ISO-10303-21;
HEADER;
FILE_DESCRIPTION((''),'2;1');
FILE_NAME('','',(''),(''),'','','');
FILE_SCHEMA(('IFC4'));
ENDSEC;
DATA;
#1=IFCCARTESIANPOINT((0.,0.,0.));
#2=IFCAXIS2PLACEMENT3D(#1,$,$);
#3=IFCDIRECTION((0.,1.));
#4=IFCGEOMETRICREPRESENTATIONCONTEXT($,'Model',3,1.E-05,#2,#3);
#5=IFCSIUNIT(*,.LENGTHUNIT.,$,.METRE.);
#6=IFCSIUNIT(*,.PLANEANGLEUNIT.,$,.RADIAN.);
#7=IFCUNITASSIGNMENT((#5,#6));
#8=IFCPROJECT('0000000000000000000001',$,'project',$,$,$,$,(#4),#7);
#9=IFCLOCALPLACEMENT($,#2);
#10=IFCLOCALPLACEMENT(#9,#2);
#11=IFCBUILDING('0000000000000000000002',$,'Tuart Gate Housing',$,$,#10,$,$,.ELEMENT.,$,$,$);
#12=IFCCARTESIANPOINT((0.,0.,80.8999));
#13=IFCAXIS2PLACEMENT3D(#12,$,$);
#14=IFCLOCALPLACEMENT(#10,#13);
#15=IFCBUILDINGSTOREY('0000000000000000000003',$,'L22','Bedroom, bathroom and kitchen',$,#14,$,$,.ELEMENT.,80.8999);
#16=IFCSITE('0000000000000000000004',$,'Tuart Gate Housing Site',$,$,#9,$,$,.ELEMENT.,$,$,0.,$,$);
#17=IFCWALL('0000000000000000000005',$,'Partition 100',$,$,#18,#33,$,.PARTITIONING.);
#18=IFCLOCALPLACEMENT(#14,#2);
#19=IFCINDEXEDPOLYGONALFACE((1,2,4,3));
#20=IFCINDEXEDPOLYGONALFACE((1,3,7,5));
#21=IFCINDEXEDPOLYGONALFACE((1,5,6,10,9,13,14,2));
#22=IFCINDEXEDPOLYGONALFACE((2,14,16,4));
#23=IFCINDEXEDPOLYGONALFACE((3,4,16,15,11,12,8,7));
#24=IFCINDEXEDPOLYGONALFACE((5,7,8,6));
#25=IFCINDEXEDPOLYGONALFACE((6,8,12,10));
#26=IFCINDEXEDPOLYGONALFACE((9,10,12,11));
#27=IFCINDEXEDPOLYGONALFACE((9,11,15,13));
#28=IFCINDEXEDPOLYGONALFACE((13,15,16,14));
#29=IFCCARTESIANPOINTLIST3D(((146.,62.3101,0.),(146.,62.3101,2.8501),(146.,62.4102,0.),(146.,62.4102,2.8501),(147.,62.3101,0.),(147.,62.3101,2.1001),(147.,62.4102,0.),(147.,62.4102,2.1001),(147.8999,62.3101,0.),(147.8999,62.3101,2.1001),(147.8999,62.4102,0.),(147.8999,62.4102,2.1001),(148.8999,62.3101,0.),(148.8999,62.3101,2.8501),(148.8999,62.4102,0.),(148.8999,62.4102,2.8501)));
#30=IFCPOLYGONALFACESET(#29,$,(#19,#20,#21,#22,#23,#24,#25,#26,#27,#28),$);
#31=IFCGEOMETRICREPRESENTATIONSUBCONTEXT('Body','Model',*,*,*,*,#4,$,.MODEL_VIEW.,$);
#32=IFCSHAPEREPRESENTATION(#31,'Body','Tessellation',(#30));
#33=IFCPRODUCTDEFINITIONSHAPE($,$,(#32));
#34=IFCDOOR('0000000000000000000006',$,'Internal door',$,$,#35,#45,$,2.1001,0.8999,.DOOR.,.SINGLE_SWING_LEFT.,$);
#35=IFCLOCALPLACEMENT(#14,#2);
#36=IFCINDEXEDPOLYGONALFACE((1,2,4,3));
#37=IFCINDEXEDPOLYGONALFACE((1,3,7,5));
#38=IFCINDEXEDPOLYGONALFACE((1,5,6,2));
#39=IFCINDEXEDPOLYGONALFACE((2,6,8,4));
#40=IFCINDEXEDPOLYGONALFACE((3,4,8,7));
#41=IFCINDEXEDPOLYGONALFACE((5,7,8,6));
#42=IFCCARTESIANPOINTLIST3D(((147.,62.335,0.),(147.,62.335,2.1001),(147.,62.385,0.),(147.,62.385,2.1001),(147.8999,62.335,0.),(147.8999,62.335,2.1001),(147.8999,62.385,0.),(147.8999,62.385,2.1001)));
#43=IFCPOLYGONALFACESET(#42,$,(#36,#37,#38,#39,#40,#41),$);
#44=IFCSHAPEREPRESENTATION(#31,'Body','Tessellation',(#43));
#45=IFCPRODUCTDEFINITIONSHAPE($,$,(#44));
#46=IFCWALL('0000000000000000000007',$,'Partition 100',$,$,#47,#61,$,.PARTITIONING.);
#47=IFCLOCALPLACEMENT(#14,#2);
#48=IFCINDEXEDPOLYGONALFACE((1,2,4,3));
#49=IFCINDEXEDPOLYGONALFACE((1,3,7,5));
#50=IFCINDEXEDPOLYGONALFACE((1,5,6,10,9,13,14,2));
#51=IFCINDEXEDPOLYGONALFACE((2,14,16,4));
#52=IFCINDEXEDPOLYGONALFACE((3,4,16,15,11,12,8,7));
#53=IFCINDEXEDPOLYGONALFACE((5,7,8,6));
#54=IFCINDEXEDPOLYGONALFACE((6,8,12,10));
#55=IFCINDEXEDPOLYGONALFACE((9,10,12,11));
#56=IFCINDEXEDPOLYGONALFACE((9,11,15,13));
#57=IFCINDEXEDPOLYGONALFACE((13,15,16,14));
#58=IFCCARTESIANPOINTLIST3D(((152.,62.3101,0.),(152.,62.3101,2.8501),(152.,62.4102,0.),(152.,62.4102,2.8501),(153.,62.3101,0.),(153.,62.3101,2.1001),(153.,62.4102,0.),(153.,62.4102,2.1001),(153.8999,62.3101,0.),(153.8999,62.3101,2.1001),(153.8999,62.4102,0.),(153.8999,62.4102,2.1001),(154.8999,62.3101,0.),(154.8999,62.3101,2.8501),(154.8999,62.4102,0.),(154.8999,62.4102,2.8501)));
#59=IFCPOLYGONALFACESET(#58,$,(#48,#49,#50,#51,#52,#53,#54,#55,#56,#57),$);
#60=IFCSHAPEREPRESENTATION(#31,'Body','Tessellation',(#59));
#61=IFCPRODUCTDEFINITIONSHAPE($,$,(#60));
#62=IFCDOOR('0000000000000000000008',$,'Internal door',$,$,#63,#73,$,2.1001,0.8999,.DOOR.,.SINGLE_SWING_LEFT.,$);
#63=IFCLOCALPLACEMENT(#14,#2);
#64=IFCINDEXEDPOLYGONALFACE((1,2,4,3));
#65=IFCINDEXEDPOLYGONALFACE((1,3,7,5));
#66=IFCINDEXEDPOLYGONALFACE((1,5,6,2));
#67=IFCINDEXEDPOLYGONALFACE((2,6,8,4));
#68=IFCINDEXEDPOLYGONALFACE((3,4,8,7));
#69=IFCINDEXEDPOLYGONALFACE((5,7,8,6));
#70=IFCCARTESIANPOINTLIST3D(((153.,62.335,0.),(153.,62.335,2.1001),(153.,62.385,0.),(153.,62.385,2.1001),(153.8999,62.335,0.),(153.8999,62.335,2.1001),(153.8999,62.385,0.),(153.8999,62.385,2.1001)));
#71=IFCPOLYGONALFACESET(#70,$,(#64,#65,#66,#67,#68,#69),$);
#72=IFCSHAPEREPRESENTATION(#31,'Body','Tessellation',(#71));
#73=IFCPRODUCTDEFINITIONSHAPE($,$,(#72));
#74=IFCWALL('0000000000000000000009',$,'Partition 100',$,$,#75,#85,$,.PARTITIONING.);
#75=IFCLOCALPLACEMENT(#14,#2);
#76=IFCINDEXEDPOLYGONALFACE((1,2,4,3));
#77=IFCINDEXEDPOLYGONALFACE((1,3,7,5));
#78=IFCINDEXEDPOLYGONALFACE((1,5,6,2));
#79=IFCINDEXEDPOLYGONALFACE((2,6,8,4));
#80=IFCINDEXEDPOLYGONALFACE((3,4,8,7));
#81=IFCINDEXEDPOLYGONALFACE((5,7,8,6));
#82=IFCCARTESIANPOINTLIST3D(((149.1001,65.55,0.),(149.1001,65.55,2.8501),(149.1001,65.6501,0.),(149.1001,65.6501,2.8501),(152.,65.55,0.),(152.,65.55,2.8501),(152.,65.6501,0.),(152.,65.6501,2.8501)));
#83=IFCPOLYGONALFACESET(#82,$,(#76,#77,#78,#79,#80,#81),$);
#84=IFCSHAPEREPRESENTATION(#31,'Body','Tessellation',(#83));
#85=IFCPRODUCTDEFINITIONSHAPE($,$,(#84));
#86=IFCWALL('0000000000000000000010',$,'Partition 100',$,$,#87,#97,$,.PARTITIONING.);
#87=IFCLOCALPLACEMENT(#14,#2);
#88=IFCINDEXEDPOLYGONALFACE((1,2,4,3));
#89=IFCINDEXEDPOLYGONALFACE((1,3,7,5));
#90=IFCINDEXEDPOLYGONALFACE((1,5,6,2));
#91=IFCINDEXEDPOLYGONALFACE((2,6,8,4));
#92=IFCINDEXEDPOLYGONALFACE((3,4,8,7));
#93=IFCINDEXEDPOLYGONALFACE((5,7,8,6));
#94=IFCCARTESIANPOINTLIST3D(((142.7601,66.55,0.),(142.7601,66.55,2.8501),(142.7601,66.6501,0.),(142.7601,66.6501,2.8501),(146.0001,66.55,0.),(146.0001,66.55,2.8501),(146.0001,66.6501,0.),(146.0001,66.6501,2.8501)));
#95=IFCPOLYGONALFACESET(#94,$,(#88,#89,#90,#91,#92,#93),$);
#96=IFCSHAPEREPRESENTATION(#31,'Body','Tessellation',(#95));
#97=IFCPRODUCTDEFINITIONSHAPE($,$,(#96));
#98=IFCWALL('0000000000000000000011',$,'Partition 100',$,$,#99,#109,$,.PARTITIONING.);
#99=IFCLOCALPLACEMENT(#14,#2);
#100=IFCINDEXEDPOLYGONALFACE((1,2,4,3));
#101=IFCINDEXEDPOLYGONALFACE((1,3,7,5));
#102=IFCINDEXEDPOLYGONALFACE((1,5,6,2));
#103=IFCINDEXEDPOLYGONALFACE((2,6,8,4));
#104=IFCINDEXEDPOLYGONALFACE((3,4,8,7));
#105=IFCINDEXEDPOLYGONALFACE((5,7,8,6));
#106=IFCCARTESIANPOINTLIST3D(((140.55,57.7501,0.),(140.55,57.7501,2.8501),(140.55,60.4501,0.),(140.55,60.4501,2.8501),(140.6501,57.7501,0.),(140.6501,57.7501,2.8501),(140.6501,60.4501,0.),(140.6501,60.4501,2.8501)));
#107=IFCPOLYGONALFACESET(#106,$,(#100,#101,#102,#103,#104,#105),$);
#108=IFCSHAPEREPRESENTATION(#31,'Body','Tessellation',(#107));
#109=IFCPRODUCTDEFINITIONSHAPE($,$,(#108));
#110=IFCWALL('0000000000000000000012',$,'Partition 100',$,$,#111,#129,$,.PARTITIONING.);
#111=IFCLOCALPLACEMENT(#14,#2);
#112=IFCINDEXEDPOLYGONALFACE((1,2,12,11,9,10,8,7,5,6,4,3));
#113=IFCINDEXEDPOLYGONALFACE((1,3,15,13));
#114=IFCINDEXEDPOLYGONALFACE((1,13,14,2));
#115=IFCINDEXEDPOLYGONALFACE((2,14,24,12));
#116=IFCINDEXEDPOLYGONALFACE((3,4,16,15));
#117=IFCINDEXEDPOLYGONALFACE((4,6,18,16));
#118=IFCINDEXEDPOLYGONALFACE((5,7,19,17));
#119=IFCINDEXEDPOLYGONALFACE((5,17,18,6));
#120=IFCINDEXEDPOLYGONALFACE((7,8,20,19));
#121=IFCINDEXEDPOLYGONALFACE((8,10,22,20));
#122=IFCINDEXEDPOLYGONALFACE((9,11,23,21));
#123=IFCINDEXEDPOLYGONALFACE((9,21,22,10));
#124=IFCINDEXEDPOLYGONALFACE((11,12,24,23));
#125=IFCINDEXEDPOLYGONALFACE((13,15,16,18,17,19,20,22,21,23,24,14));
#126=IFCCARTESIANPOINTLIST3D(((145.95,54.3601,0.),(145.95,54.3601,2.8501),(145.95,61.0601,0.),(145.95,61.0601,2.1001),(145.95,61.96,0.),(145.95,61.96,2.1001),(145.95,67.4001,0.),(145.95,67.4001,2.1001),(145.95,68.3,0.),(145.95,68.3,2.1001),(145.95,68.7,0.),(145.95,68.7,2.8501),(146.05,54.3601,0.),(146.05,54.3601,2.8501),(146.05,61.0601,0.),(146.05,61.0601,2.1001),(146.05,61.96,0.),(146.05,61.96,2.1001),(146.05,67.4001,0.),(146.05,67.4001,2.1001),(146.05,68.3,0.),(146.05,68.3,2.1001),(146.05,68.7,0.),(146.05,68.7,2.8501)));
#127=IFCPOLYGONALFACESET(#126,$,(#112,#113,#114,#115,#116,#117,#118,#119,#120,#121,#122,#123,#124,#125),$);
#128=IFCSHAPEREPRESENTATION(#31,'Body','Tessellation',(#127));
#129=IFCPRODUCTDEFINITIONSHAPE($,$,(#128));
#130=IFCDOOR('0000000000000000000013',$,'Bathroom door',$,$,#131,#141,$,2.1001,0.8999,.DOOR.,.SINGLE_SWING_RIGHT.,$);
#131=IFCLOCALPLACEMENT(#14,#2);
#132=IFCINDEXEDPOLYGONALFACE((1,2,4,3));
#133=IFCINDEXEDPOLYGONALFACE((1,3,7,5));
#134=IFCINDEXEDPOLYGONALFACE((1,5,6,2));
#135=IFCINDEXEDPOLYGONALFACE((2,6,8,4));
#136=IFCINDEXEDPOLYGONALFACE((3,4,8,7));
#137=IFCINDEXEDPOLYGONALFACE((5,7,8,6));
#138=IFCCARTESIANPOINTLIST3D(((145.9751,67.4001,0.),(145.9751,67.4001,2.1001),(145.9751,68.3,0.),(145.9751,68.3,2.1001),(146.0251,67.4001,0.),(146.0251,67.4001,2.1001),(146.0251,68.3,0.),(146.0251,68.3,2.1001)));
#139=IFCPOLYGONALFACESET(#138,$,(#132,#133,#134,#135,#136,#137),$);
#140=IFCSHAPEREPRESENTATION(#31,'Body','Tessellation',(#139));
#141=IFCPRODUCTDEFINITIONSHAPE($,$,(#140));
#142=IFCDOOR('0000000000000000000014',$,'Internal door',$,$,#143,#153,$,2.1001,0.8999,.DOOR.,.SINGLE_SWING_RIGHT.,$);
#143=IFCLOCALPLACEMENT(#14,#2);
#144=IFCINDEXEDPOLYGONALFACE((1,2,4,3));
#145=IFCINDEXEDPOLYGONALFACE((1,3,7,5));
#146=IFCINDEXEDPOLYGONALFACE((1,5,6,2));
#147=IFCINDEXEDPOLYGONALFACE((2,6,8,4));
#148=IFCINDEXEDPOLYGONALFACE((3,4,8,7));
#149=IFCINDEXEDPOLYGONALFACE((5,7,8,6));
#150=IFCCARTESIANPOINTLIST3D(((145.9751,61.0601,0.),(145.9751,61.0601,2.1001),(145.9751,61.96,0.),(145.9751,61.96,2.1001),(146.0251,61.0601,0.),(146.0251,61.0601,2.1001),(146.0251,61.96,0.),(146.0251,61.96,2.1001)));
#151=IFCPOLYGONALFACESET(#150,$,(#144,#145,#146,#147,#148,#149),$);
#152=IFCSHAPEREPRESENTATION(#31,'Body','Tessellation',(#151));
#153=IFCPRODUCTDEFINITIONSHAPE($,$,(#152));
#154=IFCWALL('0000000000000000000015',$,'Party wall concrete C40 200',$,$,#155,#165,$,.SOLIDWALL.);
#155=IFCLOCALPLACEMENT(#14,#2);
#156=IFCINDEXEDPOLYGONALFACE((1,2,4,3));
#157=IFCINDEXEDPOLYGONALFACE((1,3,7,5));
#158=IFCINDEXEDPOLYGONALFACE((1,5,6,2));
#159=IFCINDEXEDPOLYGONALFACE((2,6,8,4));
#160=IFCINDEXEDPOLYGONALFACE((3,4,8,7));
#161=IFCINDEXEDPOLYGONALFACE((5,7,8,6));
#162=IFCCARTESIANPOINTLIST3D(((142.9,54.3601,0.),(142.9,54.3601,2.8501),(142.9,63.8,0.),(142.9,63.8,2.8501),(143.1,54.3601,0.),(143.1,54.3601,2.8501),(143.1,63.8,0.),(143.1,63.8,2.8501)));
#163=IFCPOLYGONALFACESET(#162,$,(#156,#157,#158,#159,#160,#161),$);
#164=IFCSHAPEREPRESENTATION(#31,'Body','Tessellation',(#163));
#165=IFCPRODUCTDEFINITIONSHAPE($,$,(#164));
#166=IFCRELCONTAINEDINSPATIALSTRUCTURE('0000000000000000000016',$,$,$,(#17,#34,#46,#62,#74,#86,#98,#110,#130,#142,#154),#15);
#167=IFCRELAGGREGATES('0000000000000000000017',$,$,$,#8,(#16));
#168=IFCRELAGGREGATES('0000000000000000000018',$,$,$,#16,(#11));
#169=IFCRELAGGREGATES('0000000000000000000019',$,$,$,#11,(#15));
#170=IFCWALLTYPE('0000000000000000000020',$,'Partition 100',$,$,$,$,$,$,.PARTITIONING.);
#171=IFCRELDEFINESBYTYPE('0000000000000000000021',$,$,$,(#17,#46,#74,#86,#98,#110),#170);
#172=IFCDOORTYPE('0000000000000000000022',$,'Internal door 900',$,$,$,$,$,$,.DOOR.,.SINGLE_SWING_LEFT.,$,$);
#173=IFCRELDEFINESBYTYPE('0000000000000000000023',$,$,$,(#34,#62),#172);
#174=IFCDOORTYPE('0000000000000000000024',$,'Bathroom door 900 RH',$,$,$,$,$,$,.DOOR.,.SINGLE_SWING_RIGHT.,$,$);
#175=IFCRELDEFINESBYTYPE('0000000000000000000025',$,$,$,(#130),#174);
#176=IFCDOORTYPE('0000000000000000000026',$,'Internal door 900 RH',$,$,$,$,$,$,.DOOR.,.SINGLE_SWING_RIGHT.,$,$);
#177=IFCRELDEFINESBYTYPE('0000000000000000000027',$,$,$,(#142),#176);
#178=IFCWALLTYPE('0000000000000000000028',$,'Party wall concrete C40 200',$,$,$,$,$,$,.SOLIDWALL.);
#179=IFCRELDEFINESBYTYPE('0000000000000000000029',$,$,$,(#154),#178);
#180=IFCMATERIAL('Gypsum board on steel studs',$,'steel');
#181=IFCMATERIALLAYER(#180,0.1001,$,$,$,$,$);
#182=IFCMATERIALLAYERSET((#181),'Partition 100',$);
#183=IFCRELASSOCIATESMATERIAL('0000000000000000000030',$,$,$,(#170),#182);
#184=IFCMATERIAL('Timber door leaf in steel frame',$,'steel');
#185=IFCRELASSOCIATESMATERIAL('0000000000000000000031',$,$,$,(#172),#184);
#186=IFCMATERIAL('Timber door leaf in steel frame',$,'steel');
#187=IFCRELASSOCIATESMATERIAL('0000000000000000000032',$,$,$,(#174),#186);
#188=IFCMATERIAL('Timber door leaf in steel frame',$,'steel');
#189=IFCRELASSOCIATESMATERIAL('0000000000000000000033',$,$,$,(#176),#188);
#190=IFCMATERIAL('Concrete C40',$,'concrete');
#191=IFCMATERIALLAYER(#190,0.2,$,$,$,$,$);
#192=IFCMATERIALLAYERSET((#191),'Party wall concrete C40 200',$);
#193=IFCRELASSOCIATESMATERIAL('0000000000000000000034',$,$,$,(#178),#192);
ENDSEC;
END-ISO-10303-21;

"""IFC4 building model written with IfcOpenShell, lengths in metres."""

from ifc_helpers import new_model, si_unit, direction, frame, frame_2d, origin, place, context, subcontext, project, spatial, rectangle, extrude, material, layer, layer_set, type_object, element, fill, save


model = new_model("IFC4")

# Units and contexts
model_context = context("Model", 3, precision=1e-05, world=origin(), true_north=direction((0.0, 1.0)))
body_context = subcontext(model_context, "Body", "Model", "MODEL_VIEW")
ifc_project = project(units=[si_unit("LENGTHUNIT", "METRE"), si_unit("PLANEANGLEUNIT", "RADIAN")], contexts=[model_context])

# Site, building, storey
site_placement = place(None, origin())
site = spatial("IfcSite", under=ifc_project, at=site_placement, Name="Tuart Gate Housing Site", CompositionType="ELEMENT", RefElevation=0.0)
building_placement = place(site_placement, origin())
building = spatial("IfcBuilding", under=site, at=building_placement, Name="Tuart Gate Housing", CompositionType="ELEMENT")
storey_placement = place(building_placement, frame((0.0, 0.0, 80.8999)))
storey = spatial("IfcBuildingStorey", under=building, at=storey_placement, Name="L22", Description="Bedroom, bathroom and kitchen", CompositionType="ELEMENT", Elevation=80.8999)

# Shared definitions
ifc_material_1 = material(Name="Gypsum board on steel studs", Category="steel")
ifc_layer_1 = layer(ifc_material_1, 0.1001)
ifc_layer_set_1 = layer_set([ifc_layer_1], Name="Partition 100")
wall_type_1 = type_object("IfcWallType", Name="Partition 100", PredefinedType="PARTITIONING", material=ifc_layer_set_1)

# Walls, openings, doors
wall_1_placement = place(storey_placement, frame((146.0, 62.3601, 0.0), z_axis=(0.0, 0.0, 1.0), x_axis=(1.0, 0.0, 0.0)))
wall_1 = element("IfcWall", 1, at=wall_1_placement, inside=storey, type_object=wall_type_1, Name="Partition 100", PredefinedType="PARTITIONING", context=body_context, shape_type="SweptSolid", body=[
    extrude(rectangle(XDim=2.8999, YDim=0.1001, at=frame_2d((1.45, 0.0))), origin(), (0.0, 0.0, 1.0), 2.8501),
])
opening_1_placement = place(wall_1_placement, frame((1.0, 0.0, 0.0)))
opening_1 = element("IfcOpeningElement", 2, at=opening_1_placement, cuts=wall_1, PredefinedType="OPENING", context=body_context, shape_type="SweptSolid", body=[
    extrude(rectangle(XDim=0.8999, YDim=2.1001, at=frame_2d((0.45, 1.05))), frame((0.0, 0.0601, 0.0), z_axis=(0.0, -1.0, 0.0), x_axis=(1.0, 0.0, 0.0)), (0.0, 0.0, 1.0), 0.1201),
])
ifc_material_2 = material(Name="Timber door leaf in steel frame", Category="steel")
door_type_1 = type_object("IfcDoorType", Name="Internal door 900", OperationType="SINGLE_SWING_LEFT", PredefinedType="DOOR", material=ifc_material_2)
door_1_placement = place(opening_1_placement, origin())
door_1 = element("IfcDoor", 3, at=door_1_placement, inside=storey, type_object=door_type_1, Name="Internal door", OperationType="SINGLE_SWING_LEFT", OverallHeight=2.1001, OverallWidth=0.8999, PredefinedType="DOOR", context=body_context, shape_type="SweptSolid", body=[
    extrude(rectangle(XDim=0.8999, YDim=2.1001, at=frame_2d((0.45, 1.05))), frame((0.0, 0.0249, 0.0), z_axis=(0.0, -1.0, 0.0), x_axis=(1.0, 0.0, 0.0)), (0.0, 0.0, 1.0), 0.05),
])
fill(opening_1, door_1)
wall_2_placement = place(storey_placement, frame((152.0, 62.3601, 0.0), z_axis=(0.0, 0.0, 1.0), x_axis=(1.0, 0.0, 0.0)))
wall_2 = element("IfcWall", 4, at=wall_2_placement, inside=storey, type_object=wall_type_1, Name="Partition 100", PredefinedType="PARTITIONING", context=body_context, shape_type="SweptSolid", body=[
    extrude(rectangle(XDim=2.8999, YDim=0.1001, at=frame_2d((1.45, 0.0))), origin(), (0.0, 0.0, 1.0), 2.8501),
])
opening_2_placement = place(wall_2_placement, frame((1.0, 0.0, 0.0)))
opening_2 = element("IfcOpeningElement", 5, at=opening_2_placement, cuts=wall_2, PredefinedType="OPENING", context=body_context, shape_type="SweptSolid", body=[
    extrude(rectangle(XDim=0.8999, YDim=2.1001, at=frame_2d((0.45, 1.05))), frame((0.0, 0.0601, 0.0), z_axis=(0.0, -1.0, 0.0), x_axis=(1.0, 0.0, 0.0)), (0.0, 0.0, 1.0), 0.1201),
])
door_2_placement = place(opening_2_placement, origin())
door_2 = element("IfcDoor", 6, at=door_2_placement, inside=storey, type_object=door_type_1, Name="Internal door", OperationType="SINGLE_SWING_LEFT", OverallHeight=2.1001, OverallWidth=0.8999, PredefinedType="DOOR", context=body_context, shape_type="SweptSolid", body=[
    extrude(rectangle(XDim=0.8999, YDim=2.1001, at=frame_2d((0.45, 1.05))), frame((0.0, 0.0249, 0.0), z_axis=(0.0, -1.0, 0.0), x_axis=(1.0, 0.0, 0.0)), (0.0, 0.0, 1.0), 0.05),
])
fill(opening_2, door_2)

# Walls
wall_3_placement = place(storey_placement, frame((149.1001, 65.6001, 0.0), z_axis=(0.0, 0.0, 1.0), x_axis=(1.0, 0.0, 0.0)))
element("IfcWall", 7, at=wall_3_placement, inside=storey, type_object=wall_type_1, Name="Partition 100", PredefinedType="PARTITIONING", context=body_context, shape_type="SweptSolid", body=[
    extrude(rectangle(XDim=2.8999, YDim=0.1001, at=frame_2d((1.45, 0.0))), origin(), (0.0, 0.0, 1.0), 2.8501),
])
wall_4_placement = place(storey_placement, frame((142.76, 66.6001, 0.0), z_axis=(0.0, 0.0, 1.0), x_axis=(1.0, 0.0, 0.0)))
element("IfcWall", 8, at=wall_4_placement, inside=storey, type_object=wall_type_1, Name="Partition 100", PredefinedType="PARTITIONING", context=body_context, shape_type="SweptSolid", body=[
    extrude(rectangle(XDim=3.24, YDim=0.1001, at=frame_2d((1.6201, 0.0))), origin(), (0.0, 0.0, 1.0), 2.8501),
])
wall_5_placement = place(storey_placement, frame((140.6001, 57.75, 0.0), z_axis=(0.0, 0.0, 1.0), x_axis=(0.0, 1.0, 0.0)))
element("IfcWall", 9, at=wall_5_placement, inside=storey, type_object=wall_type_1, Name="Partition 100", PredefinedType="PARTITIONING", context=body_context, shape_type="SweptSolid", body=[
    extrude(rectangle(XDim=2.7, YDim=0.1001, at=frame_2d((1.3501, 0.0))), origin(), (0.0, 0.0, 1.0), 2.8501),
])

# Wall, openings, doors
wall_6_placement = place(storey_placement, frame((146.0, 54.3601, 0.0), z_axis=(0.0, 0.0, 1.0), x_axis=(0.0, 1.0, 0.0)))
wall_6 = element("IfcWall", 10, at=wall_6_placement, inside=storey, type_object=wall_type_1, Name="Partition 100", PredefinedType="PARTITIONING", context=body_context, shape_type="SweptSolid", body=[
    extrude(rectangle(XDim=14.3398, YDim=0.1001, at=frame_2d((7.1699, 0.0))), origin(), (0.0, 0.0, 1.0), 2.8501),
])
opening_3_placement = place(wall_6_placement, frame((6.7, 0.0, 0.0)))
opening_3 = element("IfcOpeningElement", 11, at=opening_3_placement, cuts=wall_6, PredefinedType="OPENING", context=body_context, shape_type="SweptSolid", body=[
    extrude(rectangle(XDim=0.8999, YDim=2.1001, at=frame_2d((0.45, 1.05))), frame((0.0, 0.0601, 0.0), z_axis=(0.0, -1.0, 0.0), x_axis=(1.0, 0.0, 0.0)), (0.0, 0.0, 1.0), 0.1201),
])
opening_4_placement = place(wall_6_placement, frame((13.04, 0.0, 0.0)))
opening_4 = element("IfcOpeningElement", 12, at=opening_4_placement, cuts=wall_6, PredefinedType="OPENING", context=body_context, shape_type="SweptSolid", body=[
    extrude(rectangle(XDim=0.8999, YDim=2.1001, at=frame_2d((0.45, 1.05))), frame((0.0, 0.0601, 0.0), z_axis=(0.0, -1.0, 0.0), x_axis=(1.0, 0.0, 0.0)), (0.0, 0.0, 1.0), 0.1201),
])
ifc_material_3 = material(Name="Timber door leaf in steel frame", Category="steel")
door_type_2 = type_object("IfcDoorType", Name="Bathroom door 900 RH", OperationType="SINGLE_SWING_RIGHT", PredefinedType="DOOR", material=ifc_material_3)
door_3_placement = place(opening_4_placement, origin())
door_3 = element("IfcDoor", 13, at=door_3_placement, inside=storey, type_object=door_type_2, Name="Bathroom door", OperationType="SINGLE_SWING_RIGHT", OverallHeight=2.1001, OverallWidth=0.8999, PredefinedType="DOOR", context=body_context, shape_type="SweptSolid", body=[
    extrude(rectangle(XDim=0.8999, YDim=2.1001, at=frame_2d((0.45, 1.05))), frame((0.0, 0.0249, 0.0), z_axis=(0.0, -1.0, 0.0), x_axis=(1.0, 0.0, 0.0)), (0.0, 0.0, 1.0), 0.05),
])
fill(opening_4, door_3)
ifc_material_4 = material(Name="Timber door leaf in steel frame", Category="steel")
door_type_3 = type_object("IfcDoorType", Name="Internal door 900 RH", OperationType="SINGLE_SWING_RIGHT", PredefinedType="DOOR", material=ifc_material_4)
door_4_placement = place(opening_3_placement, origin())
door_4 = element("IfcDoor", 14, at=door_4_placement, inside=storey, type_object=door_type_3, Name="Internal door", OperationType="SINGLE_SWING_RIGHT", OverallHeight=2.1001, OverallWidth=0.8999, PredefinedType="DOOR", context=body_context, shape_type="SweptSolid", body=[
    extrude(rectangle(XDim=0.8999, YDim=2.1001, at=frame_2d((0.45, 1.05))), frame((0.0, 0.0249, 0.0), z_axis=(0.0, -1.0, 0.0), x_axis=(1.0, 0.0, 0.0)), (0.0, 0.0, 1.0), 0.05),
])
fill(opening_3, door_4)

# Wall
ifc_material_5 = material(Name="Concrete C40", Category="concrete")
ifc_layer_2 = layer(ifc_material_5, 0.2)
ifc_layer_set_2 = layer_set([ifc_layer_2], Name="Party wall concrete C40 200")
wall_type_2 = type_object("IfcWallType", Name="Party wall concrete C40 200", PredefinedType="SOLIDWALL", material=ifc_layer_set_2)
wall_7_placement = place(storey_placement, frame((143.0, 54.3601, 0.0), z_axis=(0.0, 0.0, 1.0), x_axis=(0.0, 1.0, 0.0)))
element("IfcWall", 15, at=wall_7_placement, inside=storey, type_object=wall_type_2, Name="Party wall concrete C40 200", PredefinedType="SOLIDWALL", context=body_context, shape_type="SweptSolid", body=[
    extrude(rectangle(XDim=9.4399, YDim=0.2, at=frame_2d((4.72, 0.0))), origin(), (0.0, 0.0, 1.0), 2.8501),
])

save(model, "model.ifc")
